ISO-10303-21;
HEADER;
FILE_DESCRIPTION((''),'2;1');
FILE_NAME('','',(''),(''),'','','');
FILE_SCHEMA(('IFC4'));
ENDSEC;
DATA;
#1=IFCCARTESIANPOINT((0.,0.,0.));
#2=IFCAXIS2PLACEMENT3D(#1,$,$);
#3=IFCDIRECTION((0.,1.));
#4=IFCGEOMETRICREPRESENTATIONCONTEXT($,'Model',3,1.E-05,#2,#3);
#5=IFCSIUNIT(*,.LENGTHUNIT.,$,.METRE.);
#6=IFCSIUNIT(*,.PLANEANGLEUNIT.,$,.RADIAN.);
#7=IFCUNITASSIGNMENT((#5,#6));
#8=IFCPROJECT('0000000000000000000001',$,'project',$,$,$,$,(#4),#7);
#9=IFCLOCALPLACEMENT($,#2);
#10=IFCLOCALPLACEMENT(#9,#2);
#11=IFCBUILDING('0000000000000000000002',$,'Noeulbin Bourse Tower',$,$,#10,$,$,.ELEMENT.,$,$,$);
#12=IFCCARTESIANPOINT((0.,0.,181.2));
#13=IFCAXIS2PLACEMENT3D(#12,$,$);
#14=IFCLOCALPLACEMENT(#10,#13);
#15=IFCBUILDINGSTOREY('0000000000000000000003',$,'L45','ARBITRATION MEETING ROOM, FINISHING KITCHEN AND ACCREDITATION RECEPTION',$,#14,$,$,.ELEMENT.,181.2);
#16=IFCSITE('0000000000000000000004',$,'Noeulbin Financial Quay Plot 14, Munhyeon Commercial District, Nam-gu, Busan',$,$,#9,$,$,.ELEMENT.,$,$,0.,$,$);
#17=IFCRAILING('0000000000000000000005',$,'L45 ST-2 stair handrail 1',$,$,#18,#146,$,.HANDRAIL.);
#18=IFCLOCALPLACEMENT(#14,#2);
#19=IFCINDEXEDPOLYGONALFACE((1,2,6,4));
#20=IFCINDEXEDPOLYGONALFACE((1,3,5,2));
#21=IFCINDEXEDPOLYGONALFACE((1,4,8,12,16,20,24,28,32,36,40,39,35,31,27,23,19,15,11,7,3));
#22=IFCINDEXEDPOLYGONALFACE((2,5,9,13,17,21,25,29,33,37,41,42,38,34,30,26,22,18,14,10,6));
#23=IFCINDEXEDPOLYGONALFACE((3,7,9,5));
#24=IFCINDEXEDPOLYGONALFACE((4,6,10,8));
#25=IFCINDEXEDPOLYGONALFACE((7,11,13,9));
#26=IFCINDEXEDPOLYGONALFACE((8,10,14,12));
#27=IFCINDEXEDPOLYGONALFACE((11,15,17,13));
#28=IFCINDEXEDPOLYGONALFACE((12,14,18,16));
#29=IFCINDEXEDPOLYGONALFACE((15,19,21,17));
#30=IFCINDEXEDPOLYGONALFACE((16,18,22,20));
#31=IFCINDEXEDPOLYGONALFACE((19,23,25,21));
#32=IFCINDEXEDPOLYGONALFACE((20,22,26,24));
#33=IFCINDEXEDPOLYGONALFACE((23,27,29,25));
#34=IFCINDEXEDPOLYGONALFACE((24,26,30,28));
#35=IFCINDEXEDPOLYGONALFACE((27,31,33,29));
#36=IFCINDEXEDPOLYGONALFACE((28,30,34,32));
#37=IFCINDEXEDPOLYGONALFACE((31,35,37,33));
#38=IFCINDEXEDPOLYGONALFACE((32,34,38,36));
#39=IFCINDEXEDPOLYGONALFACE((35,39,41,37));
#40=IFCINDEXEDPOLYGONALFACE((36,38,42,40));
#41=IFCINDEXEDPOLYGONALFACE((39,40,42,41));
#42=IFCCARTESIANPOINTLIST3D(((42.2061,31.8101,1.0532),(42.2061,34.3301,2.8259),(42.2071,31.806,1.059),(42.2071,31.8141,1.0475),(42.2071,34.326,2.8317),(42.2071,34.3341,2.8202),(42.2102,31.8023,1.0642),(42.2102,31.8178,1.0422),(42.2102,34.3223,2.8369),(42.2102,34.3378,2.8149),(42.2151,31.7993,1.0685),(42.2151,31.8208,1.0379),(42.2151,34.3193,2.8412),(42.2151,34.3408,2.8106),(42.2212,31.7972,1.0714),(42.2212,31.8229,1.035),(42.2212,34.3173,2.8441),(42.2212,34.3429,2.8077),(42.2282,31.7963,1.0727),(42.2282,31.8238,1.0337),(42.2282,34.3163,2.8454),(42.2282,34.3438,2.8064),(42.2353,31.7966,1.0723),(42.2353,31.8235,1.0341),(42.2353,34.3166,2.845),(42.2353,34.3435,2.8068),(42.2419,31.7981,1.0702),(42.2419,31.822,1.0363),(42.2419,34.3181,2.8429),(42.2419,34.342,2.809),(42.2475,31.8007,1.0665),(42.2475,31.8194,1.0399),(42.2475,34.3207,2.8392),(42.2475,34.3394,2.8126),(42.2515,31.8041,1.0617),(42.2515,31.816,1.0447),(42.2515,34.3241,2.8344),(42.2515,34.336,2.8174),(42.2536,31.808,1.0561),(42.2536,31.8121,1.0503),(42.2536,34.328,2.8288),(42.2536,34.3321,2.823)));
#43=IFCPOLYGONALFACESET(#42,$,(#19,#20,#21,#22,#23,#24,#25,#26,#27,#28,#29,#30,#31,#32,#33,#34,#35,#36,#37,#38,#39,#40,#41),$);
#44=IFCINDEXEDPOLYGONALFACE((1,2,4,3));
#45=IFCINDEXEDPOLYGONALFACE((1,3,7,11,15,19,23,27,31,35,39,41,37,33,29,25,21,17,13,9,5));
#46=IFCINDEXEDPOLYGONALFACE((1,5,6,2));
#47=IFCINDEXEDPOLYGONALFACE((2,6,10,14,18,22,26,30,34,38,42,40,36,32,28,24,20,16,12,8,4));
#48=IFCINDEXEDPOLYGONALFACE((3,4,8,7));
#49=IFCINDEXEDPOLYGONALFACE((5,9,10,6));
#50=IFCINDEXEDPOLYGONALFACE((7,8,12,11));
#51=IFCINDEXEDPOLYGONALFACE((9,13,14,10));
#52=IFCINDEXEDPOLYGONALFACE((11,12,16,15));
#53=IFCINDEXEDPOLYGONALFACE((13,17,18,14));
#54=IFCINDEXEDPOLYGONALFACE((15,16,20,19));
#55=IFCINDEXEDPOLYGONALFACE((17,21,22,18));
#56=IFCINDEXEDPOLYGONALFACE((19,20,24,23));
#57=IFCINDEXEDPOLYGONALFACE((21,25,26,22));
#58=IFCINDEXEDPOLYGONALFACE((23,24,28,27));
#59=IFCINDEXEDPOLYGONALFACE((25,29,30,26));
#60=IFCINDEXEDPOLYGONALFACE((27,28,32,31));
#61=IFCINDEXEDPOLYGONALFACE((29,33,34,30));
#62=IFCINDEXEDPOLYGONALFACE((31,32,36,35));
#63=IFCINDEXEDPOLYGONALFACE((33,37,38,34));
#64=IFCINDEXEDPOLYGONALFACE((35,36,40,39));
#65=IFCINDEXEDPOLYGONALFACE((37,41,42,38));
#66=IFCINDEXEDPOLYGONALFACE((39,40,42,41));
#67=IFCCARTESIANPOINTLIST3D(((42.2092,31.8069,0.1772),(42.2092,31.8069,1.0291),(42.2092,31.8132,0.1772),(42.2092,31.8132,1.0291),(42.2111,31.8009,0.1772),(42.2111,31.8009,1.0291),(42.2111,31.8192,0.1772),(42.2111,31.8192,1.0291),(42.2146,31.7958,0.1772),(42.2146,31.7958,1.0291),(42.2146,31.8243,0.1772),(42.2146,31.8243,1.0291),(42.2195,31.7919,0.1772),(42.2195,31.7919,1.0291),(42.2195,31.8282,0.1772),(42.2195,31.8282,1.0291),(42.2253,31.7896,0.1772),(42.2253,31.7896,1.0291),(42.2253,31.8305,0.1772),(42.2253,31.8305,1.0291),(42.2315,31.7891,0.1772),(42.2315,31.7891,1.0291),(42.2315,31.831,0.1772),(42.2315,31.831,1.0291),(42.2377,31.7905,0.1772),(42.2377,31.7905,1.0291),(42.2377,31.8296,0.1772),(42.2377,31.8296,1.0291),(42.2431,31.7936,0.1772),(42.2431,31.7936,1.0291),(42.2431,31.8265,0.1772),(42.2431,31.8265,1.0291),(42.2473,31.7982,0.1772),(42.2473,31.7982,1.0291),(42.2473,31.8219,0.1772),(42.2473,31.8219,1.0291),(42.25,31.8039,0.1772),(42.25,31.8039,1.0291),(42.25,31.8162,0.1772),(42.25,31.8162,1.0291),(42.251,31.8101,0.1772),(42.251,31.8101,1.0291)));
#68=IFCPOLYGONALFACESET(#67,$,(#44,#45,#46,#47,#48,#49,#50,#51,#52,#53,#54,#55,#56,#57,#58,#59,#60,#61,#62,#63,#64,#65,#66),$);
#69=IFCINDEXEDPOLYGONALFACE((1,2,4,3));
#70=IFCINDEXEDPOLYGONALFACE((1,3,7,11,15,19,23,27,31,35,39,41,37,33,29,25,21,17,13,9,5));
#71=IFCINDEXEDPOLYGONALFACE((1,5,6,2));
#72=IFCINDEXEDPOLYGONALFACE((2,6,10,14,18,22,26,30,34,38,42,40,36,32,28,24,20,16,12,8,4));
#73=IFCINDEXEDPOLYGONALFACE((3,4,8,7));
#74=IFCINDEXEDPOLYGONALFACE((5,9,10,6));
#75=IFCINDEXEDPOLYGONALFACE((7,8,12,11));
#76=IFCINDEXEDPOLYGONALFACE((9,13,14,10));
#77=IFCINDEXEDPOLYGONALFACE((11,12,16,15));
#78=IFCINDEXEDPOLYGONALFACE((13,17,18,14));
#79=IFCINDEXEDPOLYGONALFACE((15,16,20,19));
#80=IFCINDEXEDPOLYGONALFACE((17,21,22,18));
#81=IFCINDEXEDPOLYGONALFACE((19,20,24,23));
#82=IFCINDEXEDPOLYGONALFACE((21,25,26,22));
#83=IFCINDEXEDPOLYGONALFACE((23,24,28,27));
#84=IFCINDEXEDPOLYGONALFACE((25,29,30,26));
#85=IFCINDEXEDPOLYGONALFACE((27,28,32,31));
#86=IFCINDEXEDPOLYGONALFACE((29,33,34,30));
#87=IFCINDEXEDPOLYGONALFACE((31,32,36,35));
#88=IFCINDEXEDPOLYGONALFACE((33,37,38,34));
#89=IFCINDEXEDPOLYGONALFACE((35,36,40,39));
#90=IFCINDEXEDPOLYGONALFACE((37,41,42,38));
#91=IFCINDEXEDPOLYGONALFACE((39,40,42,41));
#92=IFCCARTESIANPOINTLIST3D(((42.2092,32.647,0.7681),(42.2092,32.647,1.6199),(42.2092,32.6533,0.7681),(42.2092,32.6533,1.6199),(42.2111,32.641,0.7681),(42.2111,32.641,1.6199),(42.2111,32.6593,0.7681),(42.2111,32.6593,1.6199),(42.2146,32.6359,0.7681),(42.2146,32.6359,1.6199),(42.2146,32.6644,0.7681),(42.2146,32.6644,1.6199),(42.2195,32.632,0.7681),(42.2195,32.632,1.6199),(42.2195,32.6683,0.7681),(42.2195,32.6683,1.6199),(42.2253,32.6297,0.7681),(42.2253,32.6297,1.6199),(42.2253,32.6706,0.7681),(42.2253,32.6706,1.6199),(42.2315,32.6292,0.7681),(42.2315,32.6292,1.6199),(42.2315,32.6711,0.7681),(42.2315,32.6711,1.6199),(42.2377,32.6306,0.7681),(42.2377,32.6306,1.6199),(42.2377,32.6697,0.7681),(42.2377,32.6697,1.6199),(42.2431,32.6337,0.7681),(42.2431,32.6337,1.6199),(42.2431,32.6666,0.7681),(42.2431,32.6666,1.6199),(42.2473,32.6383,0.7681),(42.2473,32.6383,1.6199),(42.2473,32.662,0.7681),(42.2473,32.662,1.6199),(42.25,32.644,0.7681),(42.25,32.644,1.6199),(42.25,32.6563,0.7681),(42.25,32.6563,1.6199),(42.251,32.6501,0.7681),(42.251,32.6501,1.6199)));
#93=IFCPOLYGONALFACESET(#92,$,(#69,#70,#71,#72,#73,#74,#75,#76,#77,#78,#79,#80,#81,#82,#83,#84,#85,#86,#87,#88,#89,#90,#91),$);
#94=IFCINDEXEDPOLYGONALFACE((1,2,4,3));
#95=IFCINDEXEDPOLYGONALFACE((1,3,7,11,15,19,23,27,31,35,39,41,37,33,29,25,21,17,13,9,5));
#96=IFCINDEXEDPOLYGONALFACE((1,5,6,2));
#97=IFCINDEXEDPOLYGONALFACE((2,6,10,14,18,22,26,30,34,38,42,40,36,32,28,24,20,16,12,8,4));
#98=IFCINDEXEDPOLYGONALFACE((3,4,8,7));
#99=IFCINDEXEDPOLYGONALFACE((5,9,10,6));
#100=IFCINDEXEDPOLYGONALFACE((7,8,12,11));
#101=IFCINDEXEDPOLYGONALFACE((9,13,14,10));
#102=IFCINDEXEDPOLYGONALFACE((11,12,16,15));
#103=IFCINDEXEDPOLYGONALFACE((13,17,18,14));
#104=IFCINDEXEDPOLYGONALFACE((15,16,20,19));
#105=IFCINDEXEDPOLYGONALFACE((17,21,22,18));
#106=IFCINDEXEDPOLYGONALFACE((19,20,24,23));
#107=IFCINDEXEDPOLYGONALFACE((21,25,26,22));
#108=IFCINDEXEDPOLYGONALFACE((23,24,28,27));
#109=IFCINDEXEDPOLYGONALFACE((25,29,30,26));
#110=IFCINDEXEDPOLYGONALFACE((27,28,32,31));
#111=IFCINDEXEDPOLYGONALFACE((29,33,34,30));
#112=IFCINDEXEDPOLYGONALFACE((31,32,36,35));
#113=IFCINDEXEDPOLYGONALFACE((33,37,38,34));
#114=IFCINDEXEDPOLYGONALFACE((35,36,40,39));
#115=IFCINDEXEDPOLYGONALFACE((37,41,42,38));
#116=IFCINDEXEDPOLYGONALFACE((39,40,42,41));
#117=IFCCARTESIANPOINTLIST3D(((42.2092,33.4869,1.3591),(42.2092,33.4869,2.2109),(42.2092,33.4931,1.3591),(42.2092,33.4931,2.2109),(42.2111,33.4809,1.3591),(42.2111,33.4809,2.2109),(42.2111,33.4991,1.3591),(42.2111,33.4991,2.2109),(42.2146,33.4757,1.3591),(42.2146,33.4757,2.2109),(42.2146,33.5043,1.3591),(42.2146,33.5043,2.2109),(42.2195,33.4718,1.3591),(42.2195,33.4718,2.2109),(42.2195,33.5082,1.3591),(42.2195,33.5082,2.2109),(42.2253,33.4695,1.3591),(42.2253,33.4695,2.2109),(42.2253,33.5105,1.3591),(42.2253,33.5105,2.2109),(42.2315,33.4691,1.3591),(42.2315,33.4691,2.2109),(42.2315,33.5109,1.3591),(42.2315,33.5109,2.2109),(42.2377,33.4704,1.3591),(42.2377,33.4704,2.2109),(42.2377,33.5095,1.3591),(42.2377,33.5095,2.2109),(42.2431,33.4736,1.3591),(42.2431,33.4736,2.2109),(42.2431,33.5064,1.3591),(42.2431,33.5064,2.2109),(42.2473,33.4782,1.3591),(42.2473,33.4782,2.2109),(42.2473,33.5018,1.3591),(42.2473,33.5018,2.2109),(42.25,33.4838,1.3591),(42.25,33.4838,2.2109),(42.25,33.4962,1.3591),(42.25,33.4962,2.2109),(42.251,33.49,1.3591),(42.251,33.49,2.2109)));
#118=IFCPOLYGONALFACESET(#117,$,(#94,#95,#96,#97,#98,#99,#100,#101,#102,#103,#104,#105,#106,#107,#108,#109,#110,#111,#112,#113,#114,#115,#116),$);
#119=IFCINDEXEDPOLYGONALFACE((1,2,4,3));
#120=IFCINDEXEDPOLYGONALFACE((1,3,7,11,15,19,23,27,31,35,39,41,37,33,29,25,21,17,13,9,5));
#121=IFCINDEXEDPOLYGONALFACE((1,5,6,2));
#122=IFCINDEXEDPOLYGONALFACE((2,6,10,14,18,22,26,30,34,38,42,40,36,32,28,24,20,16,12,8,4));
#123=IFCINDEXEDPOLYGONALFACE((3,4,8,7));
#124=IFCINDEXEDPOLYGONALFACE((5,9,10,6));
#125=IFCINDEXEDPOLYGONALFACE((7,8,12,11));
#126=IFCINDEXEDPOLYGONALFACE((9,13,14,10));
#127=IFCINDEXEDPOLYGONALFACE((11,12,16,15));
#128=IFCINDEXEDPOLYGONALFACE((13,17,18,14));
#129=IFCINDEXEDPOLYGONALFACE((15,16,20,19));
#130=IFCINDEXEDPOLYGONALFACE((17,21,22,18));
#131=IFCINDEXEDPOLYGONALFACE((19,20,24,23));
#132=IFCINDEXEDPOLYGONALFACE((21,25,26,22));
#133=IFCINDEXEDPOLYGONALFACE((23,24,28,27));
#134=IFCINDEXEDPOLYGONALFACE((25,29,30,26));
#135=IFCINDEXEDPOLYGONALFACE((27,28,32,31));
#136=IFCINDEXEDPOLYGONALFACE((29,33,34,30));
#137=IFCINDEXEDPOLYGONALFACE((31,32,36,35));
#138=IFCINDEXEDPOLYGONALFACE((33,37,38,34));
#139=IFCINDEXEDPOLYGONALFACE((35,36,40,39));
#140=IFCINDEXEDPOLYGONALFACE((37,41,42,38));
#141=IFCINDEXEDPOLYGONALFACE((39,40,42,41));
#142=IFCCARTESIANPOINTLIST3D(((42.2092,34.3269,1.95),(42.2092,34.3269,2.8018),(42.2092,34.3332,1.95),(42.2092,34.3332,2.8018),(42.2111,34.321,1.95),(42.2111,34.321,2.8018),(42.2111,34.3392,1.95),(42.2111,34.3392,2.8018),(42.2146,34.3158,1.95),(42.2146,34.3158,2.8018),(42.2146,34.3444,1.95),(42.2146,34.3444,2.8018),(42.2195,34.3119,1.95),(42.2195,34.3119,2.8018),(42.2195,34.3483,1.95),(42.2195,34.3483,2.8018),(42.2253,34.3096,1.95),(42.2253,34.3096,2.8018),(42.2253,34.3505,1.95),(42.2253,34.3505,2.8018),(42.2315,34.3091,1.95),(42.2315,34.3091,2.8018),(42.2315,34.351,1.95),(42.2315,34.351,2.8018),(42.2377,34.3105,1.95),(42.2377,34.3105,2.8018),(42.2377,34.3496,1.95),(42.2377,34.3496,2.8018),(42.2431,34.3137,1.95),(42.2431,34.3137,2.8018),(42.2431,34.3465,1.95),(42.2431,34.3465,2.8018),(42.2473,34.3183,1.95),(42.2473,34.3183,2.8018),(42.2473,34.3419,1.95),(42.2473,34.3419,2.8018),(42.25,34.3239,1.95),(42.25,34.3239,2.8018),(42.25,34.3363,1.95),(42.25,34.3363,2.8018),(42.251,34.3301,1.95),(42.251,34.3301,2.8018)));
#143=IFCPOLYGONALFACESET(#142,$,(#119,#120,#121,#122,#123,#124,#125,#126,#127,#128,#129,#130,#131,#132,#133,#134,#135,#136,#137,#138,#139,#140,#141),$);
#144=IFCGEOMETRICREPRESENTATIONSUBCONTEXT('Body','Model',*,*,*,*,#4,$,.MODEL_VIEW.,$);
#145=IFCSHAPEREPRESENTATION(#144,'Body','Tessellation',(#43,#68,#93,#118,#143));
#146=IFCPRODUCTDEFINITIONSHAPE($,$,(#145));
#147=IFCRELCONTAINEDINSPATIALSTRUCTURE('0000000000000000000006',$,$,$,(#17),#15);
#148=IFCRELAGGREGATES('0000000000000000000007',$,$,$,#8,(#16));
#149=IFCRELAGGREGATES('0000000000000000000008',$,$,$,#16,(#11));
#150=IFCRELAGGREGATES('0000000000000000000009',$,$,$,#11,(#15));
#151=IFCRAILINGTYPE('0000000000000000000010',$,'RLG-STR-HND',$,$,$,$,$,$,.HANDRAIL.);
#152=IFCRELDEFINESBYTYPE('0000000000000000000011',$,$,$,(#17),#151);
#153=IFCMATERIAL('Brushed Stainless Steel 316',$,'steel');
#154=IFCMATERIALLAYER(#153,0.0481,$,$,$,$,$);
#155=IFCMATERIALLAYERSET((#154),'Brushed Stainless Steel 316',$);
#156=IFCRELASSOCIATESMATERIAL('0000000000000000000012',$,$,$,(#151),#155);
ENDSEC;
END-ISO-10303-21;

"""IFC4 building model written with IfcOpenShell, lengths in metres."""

from ifc_helpers import new_model, si_unit, direction, frame, origin, origin_2d, place, context, subcontext, project, spatial, circle, extrude, material, layer, layer_set, type_object, element, save


model = new_model("IFC4")

# Units and contexts
model_context = context("Model", 3, precision=1e-05, world=origin(), true_north=direction((0.0, 1.0)))
body_context = subcontext(model_context, "Body", "Model", "MODEL_VIEW")
ifc_project = project(units=[si_unit("LENGTHUNIT", "METRE"), si_unit("PLANEANGLEUNIT", "RADIAN")], contexts=[model_context])

# Site, building, storey
site_placement = place(None, origin())
site = spatial("IfcSite", under=ifc_project, at=site_placement, Name="Noeulbin Financial Quay Plot 14, Munhyeon Commercial District, Nam-gu, Busan", CompositionType="ELEMENT", RefElevation=0.0)
building_placement = place(site_placement, origin())
building = spatial("IfcBuilding", under=site, at=building_placement, Name="Noeulbin Bourse Tower", CompositionType="ELEMENT")
storey_placement = place(building_placement, frame((0.0, 0.0, 181.2)))
storey = spatial("IfcBuildingStorey", under=building, at=storey_placement, Name="L45", Description="ARBITRATION MEETING ROOM, FINISHING KITCHEN AND ACCREDITATION RECEPTION", CompositionType="ELEMENT", Elevation=181.2)

# Railing
ifc_material_1 = material(Name="Brushed Stainless Steel 316", Category="steel")
ifc_layer_1 = layer(ifc_material_1, 0.0481)
ifc_layer_set_1 = layer_set([ifc_layer_1], Name="Brushed Stainless Steel 316")
railing_type_1 = type_object("IfcRailingType", Name="RLG-STR-HND", PredefinedType="HANDRAIL", material=ifc_layer_set_1)
railing_1_placement = place(storey_placement, frame((42.23, 31.8101, 0.1772)))
element("IfcRailing", 1, at=railing_1_placement, inside=storey, type_object=railing_type_1, Name="L45 ST-2 stair handrail 1", PredefinedType="HANDRAIL", context=body_context, shape_type="SweptSolid", body=[
    extrude(circle(Radius=0.0239, at=origin_2d()), frame((0.0, 0.0, 0.876), z_axis=(0.0, 0.817904, 0.575354), x_axis=(-1.0, 0.0, 0.0)), (0.0, 0.0, 1.0), 3.0811),
    extrude(circle(Radius=0.021, at=origin_2d()), origin(), (0.0, 0.0, 1.0), 0.8518),
    extrude(circle(Radius=0.021, at=origin_2d()), frame((0.0, 0.8401, 0.5908)), (0.0, 0.0, 1.0), 0.8518),
    extrude(circle(Radius=0.021, at=origin_2d()), frame((0.0, 1.6799, 1.1819)), (0.0, 0.0, 1.0), 0.8518),
    extrude(circle(Radius=0.021, at=origin_2d()), frame((0.0, 2.52, 1.7727)), (0.0, 0.0, 1.0), 0.8518),
])

save(model, "model.ifc")
